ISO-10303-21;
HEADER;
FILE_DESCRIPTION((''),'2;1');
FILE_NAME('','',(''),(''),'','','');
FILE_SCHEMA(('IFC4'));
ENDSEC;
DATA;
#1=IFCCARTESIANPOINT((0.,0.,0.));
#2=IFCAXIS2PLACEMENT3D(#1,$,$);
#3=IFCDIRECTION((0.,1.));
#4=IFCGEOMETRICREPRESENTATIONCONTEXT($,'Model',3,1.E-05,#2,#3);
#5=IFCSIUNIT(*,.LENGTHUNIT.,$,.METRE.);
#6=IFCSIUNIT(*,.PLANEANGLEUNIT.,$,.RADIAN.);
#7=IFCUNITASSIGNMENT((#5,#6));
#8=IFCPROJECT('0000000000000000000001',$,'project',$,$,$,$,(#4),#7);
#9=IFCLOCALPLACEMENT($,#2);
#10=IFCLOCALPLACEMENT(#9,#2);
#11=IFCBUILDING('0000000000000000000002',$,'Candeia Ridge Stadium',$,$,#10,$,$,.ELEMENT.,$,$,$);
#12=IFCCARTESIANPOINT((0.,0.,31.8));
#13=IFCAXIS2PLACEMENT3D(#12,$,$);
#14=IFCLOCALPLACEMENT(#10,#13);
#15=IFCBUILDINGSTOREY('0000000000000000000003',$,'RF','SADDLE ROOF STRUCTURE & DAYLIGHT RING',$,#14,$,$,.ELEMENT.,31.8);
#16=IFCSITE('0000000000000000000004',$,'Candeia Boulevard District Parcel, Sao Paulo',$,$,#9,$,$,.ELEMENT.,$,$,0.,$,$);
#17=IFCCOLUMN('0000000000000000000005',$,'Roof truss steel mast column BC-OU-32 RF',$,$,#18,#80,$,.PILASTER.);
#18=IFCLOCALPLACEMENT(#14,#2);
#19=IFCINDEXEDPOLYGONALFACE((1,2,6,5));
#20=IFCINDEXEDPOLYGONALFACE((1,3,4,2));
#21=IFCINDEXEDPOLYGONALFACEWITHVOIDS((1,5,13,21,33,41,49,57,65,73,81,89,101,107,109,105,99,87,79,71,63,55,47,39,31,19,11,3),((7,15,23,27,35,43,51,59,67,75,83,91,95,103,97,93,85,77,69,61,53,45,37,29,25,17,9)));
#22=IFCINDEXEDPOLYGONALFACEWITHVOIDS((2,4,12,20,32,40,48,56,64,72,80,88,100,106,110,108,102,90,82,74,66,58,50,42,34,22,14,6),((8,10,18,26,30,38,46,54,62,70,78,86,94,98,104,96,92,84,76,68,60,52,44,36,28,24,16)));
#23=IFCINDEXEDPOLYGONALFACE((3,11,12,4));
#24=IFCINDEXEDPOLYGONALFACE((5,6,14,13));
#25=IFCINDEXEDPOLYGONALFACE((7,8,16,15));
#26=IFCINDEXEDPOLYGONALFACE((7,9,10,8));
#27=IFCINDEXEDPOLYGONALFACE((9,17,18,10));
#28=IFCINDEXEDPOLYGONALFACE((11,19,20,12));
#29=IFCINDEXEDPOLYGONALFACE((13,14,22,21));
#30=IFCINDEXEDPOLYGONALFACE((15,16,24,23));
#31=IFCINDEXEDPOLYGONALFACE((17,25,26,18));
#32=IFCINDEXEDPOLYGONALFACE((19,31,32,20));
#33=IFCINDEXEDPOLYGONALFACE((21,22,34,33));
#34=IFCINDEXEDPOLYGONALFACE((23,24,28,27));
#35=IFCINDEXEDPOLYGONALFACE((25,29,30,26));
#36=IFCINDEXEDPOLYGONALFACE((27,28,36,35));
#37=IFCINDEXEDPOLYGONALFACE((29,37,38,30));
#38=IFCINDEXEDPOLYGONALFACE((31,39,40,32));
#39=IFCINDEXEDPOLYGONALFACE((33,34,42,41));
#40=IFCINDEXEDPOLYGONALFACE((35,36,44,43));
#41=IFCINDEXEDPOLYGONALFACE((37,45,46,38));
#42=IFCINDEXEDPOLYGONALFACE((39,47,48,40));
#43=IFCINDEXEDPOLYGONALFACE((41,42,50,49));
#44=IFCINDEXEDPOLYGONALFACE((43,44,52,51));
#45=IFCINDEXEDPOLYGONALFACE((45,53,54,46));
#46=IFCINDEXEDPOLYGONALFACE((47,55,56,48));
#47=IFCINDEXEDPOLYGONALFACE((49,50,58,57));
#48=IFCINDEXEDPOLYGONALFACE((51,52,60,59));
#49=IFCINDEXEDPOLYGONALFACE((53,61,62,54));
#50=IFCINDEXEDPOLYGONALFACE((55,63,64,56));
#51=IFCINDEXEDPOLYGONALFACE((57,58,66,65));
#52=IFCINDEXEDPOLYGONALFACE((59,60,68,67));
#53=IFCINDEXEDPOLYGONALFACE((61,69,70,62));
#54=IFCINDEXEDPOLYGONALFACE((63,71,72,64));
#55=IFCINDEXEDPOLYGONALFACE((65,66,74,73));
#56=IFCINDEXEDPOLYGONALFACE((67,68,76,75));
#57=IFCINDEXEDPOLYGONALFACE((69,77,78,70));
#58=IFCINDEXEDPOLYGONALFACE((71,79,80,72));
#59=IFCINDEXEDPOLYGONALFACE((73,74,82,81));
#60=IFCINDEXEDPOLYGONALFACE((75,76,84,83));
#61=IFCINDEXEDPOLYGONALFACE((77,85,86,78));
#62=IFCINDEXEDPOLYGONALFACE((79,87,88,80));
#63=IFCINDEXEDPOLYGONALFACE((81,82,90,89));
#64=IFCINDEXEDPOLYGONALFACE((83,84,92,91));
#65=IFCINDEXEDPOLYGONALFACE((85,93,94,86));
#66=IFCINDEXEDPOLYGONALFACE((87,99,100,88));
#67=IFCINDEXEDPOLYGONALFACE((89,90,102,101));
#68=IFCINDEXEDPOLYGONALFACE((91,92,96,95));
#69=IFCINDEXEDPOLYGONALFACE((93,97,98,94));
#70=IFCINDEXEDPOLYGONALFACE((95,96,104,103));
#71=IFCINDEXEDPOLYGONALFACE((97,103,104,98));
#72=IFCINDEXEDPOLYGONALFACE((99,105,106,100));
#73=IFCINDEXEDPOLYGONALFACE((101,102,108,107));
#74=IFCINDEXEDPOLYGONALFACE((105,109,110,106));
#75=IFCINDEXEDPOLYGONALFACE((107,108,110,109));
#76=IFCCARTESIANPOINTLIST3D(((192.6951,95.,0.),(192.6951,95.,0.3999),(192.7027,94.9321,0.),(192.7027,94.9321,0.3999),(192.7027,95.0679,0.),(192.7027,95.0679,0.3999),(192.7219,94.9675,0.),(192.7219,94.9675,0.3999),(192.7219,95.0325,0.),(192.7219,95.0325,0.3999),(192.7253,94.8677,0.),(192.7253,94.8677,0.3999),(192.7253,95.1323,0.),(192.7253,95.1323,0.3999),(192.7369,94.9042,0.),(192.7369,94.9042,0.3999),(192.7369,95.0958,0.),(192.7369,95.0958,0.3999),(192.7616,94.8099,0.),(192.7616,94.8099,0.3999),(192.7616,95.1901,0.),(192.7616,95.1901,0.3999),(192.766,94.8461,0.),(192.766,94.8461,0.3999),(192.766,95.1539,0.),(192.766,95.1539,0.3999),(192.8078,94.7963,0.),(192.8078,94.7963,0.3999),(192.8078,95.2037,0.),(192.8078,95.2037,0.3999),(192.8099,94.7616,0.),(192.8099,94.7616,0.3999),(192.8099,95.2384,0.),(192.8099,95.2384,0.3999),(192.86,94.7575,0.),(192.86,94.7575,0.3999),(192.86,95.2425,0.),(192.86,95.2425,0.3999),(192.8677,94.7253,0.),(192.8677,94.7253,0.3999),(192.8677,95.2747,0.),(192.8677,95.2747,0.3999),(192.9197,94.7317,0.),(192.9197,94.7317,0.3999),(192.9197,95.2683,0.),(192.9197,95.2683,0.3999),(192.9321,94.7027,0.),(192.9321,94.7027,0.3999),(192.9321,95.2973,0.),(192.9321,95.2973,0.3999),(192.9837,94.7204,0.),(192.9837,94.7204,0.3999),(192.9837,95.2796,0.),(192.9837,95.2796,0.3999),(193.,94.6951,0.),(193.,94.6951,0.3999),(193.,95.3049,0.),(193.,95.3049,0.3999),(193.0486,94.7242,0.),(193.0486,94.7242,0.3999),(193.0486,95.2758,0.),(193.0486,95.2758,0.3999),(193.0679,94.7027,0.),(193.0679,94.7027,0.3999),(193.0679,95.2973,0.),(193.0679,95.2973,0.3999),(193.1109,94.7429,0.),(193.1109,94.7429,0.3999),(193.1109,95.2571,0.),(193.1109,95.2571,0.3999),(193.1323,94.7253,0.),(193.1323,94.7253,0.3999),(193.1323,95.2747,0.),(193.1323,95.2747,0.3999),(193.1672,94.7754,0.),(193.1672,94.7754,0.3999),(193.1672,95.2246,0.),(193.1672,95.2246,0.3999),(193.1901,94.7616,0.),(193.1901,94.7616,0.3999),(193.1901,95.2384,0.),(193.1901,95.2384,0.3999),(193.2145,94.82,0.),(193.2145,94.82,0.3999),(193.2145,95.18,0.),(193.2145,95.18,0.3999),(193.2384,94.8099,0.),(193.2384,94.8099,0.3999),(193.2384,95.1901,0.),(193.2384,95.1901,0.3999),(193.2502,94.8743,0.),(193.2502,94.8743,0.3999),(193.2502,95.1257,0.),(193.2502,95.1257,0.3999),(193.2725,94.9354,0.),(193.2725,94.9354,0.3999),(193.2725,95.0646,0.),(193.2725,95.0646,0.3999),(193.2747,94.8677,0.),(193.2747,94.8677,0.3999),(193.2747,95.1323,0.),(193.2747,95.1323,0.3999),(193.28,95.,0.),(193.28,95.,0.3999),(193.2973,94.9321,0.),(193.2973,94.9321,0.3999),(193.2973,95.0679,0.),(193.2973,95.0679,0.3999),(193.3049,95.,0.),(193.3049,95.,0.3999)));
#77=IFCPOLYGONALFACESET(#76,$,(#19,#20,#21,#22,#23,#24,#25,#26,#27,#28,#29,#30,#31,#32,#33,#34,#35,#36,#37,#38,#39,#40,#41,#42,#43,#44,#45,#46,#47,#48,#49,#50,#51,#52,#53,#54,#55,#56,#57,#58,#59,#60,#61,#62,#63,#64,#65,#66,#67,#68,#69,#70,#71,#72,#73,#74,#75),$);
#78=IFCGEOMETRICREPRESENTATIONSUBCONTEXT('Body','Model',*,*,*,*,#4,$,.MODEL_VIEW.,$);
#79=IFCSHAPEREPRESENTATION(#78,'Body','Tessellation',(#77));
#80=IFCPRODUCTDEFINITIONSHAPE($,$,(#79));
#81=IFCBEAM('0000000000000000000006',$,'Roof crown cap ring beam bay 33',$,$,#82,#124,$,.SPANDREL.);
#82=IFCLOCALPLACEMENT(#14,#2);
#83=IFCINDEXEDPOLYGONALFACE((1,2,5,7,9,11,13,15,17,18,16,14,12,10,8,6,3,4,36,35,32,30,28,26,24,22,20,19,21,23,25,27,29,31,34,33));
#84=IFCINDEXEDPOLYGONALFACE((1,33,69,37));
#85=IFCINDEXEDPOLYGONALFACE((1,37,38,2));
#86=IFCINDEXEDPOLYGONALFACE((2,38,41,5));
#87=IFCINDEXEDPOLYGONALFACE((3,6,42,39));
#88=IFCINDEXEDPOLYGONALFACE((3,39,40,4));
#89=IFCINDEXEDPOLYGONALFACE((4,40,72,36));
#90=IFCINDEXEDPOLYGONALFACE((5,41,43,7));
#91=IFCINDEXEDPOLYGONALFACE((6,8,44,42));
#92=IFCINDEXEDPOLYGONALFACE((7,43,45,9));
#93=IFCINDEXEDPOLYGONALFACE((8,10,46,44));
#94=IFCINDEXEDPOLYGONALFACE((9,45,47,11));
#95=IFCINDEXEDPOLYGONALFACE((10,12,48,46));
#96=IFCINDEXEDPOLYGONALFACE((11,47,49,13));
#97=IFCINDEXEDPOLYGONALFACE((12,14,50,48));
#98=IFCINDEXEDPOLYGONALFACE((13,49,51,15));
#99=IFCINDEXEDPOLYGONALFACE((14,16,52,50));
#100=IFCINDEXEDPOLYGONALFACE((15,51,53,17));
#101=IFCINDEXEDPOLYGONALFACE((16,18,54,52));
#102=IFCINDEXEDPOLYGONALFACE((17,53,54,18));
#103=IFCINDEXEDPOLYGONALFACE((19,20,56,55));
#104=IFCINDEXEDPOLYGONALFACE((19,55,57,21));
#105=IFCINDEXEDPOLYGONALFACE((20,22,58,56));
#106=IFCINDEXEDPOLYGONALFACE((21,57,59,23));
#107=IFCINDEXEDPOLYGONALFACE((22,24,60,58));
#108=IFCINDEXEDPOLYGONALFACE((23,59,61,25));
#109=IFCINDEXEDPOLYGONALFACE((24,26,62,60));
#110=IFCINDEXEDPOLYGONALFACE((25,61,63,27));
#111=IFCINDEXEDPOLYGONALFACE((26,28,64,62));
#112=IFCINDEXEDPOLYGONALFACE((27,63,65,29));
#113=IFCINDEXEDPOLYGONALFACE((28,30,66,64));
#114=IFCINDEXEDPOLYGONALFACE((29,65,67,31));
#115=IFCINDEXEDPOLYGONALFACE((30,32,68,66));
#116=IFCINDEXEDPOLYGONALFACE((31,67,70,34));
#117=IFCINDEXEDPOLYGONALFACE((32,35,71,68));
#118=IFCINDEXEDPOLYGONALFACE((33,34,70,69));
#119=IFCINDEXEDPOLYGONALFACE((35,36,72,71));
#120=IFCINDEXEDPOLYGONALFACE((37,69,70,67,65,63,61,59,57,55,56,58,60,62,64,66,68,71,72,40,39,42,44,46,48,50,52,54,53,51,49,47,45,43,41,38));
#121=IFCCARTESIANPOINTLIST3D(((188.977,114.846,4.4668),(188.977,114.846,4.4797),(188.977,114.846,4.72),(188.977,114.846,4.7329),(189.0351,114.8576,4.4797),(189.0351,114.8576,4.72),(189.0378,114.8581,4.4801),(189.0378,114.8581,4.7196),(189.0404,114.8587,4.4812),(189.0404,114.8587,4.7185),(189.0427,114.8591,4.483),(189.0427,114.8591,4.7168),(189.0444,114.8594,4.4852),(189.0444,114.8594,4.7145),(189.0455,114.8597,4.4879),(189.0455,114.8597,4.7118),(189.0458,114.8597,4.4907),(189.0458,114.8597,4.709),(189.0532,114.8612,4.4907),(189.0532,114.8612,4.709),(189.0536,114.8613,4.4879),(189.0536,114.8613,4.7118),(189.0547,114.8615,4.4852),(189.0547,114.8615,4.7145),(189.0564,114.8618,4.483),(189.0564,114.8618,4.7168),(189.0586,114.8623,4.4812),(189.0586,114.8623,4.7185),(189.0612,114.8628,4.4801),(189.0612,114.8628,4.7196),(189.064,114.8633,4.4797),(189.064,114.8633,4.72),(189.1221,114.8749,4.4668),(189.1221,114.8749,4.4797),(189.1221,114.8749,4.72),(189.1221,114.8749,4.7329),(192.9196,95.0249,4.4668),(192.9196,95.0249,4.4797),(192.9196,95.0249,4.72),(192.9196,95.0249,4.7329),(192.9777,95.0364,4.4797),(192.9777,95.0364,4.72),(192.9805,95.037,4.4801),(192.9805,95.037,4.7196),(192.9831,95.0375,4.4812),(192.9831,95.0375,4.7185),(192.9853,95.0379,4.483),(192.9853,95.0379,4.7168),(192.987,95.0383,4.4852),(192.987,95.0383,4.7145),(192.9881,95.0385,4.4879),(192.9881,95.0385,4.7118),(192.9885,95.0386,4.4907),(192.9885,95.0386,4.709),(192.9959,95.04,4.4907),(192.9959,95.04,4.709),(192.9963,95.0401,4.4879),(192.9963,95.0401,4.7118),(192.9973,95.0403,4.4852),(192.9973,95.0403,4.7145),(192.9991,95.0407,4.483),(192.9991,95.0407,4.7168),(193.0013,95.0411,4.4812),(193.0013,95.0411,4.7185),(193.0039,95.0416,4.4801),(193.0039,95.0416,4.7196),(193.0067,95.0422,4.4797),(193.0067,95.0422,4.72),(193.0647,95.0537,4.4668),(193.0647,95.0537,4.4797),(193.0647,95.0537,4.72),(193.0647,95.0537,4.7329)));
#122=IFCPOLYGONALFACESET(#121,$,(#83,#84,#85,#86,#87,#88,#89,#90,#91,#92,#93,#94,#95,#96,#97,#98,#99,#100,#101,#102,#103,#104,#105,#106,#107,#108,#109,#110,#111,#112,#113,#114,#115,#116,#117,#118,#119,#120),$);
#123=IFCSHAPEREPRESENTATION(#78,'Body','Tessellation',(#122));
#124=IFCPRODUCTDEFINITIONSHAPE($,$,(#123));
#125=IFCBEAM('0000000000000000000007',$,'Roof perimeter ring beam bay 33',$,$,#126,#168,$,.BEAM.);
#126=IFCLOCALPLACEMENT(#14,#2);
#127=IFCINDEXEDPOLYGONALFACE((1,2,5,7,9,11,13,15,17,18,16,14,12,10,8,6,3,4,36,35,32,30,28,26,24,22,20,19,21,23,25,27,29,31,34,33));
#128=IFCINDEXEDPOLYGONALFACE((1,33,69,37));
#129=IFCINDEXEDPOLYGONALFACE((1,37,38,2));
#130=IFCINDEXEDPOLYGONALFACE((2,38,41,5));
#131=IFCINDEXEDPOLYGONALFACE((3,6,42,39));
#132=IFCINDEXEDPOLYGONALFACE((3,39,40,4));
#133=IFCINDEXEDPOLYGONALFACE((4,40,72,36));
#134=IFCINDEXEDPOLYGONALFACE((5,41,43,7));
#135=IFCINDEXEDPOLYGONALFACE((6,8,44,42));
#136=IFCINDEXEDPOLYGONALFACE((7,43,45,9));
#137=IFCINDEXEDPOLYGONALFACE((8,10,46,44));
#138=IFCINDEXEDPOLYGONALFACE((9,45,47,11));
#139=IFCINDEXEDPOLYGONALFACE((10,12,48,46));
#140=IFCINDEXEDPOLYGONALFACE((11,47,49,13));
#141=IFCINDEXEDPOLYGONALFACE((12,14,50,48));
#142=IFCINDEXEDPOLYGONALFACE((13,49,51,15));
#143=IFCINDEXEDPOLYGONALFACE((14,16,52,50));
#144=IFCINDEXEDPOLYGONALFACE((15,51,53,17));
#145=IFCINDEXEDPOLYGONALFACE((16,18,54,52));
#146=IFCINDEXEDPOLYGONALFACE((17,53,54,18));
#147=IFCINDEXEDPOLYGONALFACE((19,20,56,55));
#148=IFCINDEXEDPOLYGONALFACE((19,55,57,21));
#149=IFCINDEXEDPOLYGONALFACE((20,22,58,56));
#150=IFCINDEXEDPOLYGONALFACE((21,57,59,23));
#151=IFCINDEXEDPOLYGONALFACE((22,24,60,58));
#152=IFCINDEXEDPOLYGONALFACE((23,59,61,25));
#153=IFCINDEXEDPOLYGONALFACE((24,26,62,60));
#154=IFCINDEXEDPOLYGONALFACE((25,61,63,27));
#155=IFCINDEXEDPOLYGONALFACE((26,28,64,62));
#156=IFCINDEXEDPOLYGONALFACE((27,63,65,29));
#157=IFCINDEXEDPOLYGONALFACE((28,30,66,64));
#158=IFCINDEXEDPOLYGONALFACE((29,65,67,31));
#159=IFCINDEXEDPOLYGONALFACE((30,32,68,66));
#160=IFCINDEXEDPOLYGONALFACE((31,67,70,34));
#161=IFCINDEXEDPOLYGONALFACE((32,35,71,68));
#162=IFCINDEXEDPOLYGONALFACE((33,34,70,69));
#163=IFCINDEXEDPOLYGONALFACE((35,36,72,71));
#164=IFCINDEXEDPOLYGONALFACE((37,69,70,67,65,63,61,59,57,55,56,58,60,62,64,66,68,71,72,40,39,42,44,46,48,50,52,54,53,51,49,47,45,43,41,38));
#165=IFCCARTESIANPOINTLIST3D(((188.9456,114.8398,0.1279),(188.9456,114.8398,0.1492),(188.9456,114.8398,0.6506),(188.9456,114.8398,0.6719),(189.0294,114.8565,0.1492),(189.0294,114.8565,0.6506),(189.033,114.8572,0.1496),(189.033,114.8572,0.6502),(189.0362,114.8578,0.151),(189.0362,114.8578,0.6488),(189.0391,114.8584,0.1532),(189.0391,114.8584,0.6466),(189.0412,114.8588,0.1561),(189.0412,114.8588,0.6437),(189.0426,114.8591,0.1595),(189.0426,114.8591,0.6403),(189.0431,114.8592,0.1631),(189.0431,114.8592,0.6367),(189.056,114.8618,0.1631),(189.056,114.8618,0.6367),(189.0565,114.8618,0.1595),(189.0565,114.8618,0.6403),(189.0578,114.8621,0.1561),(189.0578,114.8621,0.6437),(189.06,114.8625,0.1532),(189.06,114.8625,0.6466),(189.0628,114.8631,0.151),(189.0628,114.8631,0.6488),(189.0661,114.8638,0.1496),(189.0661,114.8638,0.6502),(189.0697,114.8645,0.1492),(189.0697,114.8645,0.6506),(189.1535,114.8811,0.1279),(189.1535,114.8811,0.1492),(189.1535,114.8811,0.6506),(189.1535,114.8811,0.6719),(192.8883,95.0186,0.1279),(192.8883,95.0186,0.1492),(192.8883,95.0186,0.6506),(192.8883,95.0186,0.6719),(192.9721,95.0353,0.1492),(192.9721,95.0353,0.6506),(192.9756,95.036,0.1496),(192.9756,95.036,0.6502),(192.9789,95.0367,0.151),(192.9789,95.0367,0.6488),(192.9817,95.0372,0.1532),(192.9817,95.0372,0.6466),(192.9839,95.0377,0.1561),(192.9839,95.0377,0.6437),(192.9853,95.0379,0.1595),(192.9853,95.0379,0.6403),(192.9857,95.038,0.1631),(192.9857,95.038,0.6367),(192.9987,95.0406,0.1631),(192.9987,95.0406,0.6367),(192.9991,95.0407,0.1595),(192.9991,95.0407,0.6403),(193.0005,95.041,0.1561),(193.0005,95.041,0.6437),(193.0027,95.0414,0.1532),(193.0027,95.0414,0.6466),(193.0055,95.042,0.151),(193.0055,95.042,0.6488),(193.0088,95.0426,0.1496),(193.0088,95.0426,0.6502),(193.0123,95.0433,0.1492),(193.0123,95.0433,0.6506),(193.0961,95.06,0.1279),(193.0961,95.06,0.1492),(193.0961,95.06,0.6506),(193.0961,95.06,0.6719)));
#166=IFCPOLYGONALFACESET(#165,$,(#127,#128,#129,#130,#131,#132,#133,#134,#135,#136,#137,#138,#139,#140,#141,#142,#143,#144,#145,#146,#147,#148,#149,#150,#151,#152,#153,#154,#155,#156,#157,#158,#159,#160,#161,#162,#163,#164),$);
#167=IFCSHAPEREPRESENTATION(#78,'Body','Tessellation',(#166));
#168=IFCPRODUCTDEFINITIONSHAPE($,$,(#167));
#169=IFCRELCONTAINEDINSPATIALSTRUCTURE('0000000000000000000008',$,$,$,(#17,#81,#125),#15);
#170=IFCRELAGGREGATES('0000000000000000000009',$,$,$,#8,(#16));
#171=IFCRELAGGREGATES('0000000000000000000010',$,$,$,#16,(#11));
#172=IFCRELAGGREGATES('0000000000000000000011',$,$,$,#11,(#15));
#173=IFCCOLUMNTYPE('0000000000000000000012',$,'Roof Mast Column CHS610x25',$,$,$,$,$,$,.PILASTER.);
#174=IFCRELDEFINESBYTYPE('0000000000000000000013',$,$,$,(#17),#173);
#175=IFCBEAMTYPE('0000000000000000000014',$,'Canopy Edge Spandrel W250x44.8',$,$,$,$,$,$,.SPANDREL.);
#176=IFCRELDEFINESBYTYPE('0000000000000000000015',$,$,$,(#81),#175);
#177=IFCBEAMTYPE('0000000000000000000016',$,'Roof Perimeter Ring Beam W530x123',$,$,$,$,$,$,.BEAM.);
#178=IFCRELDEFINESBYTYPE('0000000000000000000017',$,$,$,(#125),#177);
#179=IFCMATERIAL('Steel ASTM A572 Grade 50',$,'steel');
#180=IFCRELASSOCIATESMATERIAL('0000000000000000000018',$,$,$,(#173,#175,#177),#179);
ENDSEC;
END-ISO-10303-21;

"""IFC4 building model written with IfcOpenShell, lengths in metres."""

from ifc_helpers import new_model, si_unit, direction, frame, origin, origin_2d, place, context, subcontext, project, spatial, hollow_circle, i_section, extrude, material, material_profile, profile_set, type_object, element, save


model = new_model("IFC4")

# Units and contexts
model_context = context("Model", 3, precision=1e-05, world=origin(), true_north=direction((0.0, 1.0)))
body_context = subcontext(model_context, "Body", "Model", "MODEL_VIEW")
ifc_project = project(units=[si_unit("LENGTHUNIT", "METRE"), si_unit("PLANEANGLEUNIT", "RADIAN")], contexts=[model_context])

# Site, building, storey
site_placement = place(None, origin())
site = spatial("IfcSite", under=ifc_project, at=site_placement, Name="Candeia Boulevard District Parcel, Sao Paulo", CompositionType="ELEMENT", RefElevation=0.0)
building_placement = place(site_placement, origin())
building = spatial("IfcBuilding", under=site, at=building_placement, Name="Candeia Ridge Stadium", CompositionType="ELEMENT")
storey_placement = place(building_placement, frame((0.0, 0.0, 31.8)))
storey = spatial("IfcBuildingStorey", under=building, at=storey_placement, Name="RF", Description="SADDLE ROOF STRUCTURE & DAYLIGHT RING", CompositionType="ELEMENT", Elevation=31.8)

# Column
ifc_material_1 = material(Name="Steel ASTM A572 Grade 50", Category="steel")
ifc_material_profile_1 = material_profile(ifc_material_1, hollow_circle(Radius=0.3049, WallThickness=0.0249, at=origin_2d()), Name="CHS610x25", Category="steel")
ifc_profile_set_1 = profile_set([ifc_material_profile_1], Name="Steel ASTM A572 Grade 50")
column_type = type_object("IfcColumnType", Name="Roof Mast Column CHS610x25", PredefinedType="PILASTER", material=ifc_profile_set_1)
column_placement = place(storey_placement, frame((193.0, 95.0, 0.0), z_axis=(0.0, 0.0, 1.0), x_axis=(1.0, 0.0, 0.0)))
element("IfcColumn", 1, at=column_placement, inside=storey, type_object=column_type, Name="Roof truss steel mast column BC-OU-32 RF", PredefinedType="PILASTER", context=body_context, shape_type="SweptSolid", body=[
    extrude(hollow_circle(Radius=0.3049, WallThickness=0.0249, at=origin_2d()), origin(), (0.0, 0.0, 1.0), 0.3999),
])

# Beams
ifc_material_profile_2 = material_profile(ifc_material_1, i_section(OverallWidth=0.1479, OverallDepth=0.2661, WebThickness=0.0076, FlangeThickness=0.0129, FilletRadius=0.011, at=origin_2d()), Name="W250x44.8", Category="steel")
ifc_profile_set_2 = profile_set([ifc_material_profile_2], Name="Steel ASTM A572 Grade 50")
beam_type_1 = type_object("IfcBeamType", Name="Canopy Edge Spandrel W250x44.8", PredefinedType="SPANDREL", material=ifc_profile_set_2)
beam_1_placement = place(storey_placement, frame((192.9922, 95.0393, 4.5999), z_axis=(-0.195089, 0.980786, 0.0), x_axis=(-0.980786, -0.195089, 0.0)))
element("IfcBeam", 2, at=beam_1_placement, inside=storey, type_object=beam_type_1, Name="Roof crown cap ring beam bay 33", PredefinedType="SPANDREL", context=body_context, shape_type="SweptSolid", body=[
    extrude(i_section(OverallWidth=0.1479, OverallDepth=0.2661, WebThickness=0.0076, FlangeThickness=0.0129, FilletRadius=0.011, at=origin_2d()), origin(), (0.0, 0.0, 1.0), 20.2095),
])
ifc_material_profile_3 = material_profile(ifc_material_1, i_section(OverallWidth=0.2119, OverallDepth=0.5439, WebThickness=0.0132, FlangeThickness=0.0212, FilletRadius=0.0139, at=origin_2d()), Name="W530x123", Category="steel")
ifc_profile_set_3 = profile_set([ifc_material_profile_3], Name="Steel ASTM A572 Grade 50")
beam_type_2 = type_object("IfcBeamType", Name="Roof Perimeter Ring Beam W530x123", PredefinedType="BEAM", material=ifc_profile_set_3)
beam_2_placement = place(storey_placement, frame((192.9922, 95.0393, 0.3999), z_axis=(-0.195089, 0.980786, 0.0), x_axis=(-0.980786, -0.195089, 0.0)))
element("IfcBeam", 3, at=beam_2_placement, inside=storey, type_object=beam_type_2, Name="Roof perimeter ring beam bay 33", PredefinedType="BEAM", context=body_context, shape_type="SweptSolid", body=[
    extrude(i_section(OverallWidth=0.2119, OverallDepth=0.5439, WebThickness=0.0132, FlangeThickness=0.0212, FilletRadius=0.0139, at=origin_2d()), origin(), (0.0, 0.0, 1.0), 20.2095),
])

save(model, "model.ifc")
